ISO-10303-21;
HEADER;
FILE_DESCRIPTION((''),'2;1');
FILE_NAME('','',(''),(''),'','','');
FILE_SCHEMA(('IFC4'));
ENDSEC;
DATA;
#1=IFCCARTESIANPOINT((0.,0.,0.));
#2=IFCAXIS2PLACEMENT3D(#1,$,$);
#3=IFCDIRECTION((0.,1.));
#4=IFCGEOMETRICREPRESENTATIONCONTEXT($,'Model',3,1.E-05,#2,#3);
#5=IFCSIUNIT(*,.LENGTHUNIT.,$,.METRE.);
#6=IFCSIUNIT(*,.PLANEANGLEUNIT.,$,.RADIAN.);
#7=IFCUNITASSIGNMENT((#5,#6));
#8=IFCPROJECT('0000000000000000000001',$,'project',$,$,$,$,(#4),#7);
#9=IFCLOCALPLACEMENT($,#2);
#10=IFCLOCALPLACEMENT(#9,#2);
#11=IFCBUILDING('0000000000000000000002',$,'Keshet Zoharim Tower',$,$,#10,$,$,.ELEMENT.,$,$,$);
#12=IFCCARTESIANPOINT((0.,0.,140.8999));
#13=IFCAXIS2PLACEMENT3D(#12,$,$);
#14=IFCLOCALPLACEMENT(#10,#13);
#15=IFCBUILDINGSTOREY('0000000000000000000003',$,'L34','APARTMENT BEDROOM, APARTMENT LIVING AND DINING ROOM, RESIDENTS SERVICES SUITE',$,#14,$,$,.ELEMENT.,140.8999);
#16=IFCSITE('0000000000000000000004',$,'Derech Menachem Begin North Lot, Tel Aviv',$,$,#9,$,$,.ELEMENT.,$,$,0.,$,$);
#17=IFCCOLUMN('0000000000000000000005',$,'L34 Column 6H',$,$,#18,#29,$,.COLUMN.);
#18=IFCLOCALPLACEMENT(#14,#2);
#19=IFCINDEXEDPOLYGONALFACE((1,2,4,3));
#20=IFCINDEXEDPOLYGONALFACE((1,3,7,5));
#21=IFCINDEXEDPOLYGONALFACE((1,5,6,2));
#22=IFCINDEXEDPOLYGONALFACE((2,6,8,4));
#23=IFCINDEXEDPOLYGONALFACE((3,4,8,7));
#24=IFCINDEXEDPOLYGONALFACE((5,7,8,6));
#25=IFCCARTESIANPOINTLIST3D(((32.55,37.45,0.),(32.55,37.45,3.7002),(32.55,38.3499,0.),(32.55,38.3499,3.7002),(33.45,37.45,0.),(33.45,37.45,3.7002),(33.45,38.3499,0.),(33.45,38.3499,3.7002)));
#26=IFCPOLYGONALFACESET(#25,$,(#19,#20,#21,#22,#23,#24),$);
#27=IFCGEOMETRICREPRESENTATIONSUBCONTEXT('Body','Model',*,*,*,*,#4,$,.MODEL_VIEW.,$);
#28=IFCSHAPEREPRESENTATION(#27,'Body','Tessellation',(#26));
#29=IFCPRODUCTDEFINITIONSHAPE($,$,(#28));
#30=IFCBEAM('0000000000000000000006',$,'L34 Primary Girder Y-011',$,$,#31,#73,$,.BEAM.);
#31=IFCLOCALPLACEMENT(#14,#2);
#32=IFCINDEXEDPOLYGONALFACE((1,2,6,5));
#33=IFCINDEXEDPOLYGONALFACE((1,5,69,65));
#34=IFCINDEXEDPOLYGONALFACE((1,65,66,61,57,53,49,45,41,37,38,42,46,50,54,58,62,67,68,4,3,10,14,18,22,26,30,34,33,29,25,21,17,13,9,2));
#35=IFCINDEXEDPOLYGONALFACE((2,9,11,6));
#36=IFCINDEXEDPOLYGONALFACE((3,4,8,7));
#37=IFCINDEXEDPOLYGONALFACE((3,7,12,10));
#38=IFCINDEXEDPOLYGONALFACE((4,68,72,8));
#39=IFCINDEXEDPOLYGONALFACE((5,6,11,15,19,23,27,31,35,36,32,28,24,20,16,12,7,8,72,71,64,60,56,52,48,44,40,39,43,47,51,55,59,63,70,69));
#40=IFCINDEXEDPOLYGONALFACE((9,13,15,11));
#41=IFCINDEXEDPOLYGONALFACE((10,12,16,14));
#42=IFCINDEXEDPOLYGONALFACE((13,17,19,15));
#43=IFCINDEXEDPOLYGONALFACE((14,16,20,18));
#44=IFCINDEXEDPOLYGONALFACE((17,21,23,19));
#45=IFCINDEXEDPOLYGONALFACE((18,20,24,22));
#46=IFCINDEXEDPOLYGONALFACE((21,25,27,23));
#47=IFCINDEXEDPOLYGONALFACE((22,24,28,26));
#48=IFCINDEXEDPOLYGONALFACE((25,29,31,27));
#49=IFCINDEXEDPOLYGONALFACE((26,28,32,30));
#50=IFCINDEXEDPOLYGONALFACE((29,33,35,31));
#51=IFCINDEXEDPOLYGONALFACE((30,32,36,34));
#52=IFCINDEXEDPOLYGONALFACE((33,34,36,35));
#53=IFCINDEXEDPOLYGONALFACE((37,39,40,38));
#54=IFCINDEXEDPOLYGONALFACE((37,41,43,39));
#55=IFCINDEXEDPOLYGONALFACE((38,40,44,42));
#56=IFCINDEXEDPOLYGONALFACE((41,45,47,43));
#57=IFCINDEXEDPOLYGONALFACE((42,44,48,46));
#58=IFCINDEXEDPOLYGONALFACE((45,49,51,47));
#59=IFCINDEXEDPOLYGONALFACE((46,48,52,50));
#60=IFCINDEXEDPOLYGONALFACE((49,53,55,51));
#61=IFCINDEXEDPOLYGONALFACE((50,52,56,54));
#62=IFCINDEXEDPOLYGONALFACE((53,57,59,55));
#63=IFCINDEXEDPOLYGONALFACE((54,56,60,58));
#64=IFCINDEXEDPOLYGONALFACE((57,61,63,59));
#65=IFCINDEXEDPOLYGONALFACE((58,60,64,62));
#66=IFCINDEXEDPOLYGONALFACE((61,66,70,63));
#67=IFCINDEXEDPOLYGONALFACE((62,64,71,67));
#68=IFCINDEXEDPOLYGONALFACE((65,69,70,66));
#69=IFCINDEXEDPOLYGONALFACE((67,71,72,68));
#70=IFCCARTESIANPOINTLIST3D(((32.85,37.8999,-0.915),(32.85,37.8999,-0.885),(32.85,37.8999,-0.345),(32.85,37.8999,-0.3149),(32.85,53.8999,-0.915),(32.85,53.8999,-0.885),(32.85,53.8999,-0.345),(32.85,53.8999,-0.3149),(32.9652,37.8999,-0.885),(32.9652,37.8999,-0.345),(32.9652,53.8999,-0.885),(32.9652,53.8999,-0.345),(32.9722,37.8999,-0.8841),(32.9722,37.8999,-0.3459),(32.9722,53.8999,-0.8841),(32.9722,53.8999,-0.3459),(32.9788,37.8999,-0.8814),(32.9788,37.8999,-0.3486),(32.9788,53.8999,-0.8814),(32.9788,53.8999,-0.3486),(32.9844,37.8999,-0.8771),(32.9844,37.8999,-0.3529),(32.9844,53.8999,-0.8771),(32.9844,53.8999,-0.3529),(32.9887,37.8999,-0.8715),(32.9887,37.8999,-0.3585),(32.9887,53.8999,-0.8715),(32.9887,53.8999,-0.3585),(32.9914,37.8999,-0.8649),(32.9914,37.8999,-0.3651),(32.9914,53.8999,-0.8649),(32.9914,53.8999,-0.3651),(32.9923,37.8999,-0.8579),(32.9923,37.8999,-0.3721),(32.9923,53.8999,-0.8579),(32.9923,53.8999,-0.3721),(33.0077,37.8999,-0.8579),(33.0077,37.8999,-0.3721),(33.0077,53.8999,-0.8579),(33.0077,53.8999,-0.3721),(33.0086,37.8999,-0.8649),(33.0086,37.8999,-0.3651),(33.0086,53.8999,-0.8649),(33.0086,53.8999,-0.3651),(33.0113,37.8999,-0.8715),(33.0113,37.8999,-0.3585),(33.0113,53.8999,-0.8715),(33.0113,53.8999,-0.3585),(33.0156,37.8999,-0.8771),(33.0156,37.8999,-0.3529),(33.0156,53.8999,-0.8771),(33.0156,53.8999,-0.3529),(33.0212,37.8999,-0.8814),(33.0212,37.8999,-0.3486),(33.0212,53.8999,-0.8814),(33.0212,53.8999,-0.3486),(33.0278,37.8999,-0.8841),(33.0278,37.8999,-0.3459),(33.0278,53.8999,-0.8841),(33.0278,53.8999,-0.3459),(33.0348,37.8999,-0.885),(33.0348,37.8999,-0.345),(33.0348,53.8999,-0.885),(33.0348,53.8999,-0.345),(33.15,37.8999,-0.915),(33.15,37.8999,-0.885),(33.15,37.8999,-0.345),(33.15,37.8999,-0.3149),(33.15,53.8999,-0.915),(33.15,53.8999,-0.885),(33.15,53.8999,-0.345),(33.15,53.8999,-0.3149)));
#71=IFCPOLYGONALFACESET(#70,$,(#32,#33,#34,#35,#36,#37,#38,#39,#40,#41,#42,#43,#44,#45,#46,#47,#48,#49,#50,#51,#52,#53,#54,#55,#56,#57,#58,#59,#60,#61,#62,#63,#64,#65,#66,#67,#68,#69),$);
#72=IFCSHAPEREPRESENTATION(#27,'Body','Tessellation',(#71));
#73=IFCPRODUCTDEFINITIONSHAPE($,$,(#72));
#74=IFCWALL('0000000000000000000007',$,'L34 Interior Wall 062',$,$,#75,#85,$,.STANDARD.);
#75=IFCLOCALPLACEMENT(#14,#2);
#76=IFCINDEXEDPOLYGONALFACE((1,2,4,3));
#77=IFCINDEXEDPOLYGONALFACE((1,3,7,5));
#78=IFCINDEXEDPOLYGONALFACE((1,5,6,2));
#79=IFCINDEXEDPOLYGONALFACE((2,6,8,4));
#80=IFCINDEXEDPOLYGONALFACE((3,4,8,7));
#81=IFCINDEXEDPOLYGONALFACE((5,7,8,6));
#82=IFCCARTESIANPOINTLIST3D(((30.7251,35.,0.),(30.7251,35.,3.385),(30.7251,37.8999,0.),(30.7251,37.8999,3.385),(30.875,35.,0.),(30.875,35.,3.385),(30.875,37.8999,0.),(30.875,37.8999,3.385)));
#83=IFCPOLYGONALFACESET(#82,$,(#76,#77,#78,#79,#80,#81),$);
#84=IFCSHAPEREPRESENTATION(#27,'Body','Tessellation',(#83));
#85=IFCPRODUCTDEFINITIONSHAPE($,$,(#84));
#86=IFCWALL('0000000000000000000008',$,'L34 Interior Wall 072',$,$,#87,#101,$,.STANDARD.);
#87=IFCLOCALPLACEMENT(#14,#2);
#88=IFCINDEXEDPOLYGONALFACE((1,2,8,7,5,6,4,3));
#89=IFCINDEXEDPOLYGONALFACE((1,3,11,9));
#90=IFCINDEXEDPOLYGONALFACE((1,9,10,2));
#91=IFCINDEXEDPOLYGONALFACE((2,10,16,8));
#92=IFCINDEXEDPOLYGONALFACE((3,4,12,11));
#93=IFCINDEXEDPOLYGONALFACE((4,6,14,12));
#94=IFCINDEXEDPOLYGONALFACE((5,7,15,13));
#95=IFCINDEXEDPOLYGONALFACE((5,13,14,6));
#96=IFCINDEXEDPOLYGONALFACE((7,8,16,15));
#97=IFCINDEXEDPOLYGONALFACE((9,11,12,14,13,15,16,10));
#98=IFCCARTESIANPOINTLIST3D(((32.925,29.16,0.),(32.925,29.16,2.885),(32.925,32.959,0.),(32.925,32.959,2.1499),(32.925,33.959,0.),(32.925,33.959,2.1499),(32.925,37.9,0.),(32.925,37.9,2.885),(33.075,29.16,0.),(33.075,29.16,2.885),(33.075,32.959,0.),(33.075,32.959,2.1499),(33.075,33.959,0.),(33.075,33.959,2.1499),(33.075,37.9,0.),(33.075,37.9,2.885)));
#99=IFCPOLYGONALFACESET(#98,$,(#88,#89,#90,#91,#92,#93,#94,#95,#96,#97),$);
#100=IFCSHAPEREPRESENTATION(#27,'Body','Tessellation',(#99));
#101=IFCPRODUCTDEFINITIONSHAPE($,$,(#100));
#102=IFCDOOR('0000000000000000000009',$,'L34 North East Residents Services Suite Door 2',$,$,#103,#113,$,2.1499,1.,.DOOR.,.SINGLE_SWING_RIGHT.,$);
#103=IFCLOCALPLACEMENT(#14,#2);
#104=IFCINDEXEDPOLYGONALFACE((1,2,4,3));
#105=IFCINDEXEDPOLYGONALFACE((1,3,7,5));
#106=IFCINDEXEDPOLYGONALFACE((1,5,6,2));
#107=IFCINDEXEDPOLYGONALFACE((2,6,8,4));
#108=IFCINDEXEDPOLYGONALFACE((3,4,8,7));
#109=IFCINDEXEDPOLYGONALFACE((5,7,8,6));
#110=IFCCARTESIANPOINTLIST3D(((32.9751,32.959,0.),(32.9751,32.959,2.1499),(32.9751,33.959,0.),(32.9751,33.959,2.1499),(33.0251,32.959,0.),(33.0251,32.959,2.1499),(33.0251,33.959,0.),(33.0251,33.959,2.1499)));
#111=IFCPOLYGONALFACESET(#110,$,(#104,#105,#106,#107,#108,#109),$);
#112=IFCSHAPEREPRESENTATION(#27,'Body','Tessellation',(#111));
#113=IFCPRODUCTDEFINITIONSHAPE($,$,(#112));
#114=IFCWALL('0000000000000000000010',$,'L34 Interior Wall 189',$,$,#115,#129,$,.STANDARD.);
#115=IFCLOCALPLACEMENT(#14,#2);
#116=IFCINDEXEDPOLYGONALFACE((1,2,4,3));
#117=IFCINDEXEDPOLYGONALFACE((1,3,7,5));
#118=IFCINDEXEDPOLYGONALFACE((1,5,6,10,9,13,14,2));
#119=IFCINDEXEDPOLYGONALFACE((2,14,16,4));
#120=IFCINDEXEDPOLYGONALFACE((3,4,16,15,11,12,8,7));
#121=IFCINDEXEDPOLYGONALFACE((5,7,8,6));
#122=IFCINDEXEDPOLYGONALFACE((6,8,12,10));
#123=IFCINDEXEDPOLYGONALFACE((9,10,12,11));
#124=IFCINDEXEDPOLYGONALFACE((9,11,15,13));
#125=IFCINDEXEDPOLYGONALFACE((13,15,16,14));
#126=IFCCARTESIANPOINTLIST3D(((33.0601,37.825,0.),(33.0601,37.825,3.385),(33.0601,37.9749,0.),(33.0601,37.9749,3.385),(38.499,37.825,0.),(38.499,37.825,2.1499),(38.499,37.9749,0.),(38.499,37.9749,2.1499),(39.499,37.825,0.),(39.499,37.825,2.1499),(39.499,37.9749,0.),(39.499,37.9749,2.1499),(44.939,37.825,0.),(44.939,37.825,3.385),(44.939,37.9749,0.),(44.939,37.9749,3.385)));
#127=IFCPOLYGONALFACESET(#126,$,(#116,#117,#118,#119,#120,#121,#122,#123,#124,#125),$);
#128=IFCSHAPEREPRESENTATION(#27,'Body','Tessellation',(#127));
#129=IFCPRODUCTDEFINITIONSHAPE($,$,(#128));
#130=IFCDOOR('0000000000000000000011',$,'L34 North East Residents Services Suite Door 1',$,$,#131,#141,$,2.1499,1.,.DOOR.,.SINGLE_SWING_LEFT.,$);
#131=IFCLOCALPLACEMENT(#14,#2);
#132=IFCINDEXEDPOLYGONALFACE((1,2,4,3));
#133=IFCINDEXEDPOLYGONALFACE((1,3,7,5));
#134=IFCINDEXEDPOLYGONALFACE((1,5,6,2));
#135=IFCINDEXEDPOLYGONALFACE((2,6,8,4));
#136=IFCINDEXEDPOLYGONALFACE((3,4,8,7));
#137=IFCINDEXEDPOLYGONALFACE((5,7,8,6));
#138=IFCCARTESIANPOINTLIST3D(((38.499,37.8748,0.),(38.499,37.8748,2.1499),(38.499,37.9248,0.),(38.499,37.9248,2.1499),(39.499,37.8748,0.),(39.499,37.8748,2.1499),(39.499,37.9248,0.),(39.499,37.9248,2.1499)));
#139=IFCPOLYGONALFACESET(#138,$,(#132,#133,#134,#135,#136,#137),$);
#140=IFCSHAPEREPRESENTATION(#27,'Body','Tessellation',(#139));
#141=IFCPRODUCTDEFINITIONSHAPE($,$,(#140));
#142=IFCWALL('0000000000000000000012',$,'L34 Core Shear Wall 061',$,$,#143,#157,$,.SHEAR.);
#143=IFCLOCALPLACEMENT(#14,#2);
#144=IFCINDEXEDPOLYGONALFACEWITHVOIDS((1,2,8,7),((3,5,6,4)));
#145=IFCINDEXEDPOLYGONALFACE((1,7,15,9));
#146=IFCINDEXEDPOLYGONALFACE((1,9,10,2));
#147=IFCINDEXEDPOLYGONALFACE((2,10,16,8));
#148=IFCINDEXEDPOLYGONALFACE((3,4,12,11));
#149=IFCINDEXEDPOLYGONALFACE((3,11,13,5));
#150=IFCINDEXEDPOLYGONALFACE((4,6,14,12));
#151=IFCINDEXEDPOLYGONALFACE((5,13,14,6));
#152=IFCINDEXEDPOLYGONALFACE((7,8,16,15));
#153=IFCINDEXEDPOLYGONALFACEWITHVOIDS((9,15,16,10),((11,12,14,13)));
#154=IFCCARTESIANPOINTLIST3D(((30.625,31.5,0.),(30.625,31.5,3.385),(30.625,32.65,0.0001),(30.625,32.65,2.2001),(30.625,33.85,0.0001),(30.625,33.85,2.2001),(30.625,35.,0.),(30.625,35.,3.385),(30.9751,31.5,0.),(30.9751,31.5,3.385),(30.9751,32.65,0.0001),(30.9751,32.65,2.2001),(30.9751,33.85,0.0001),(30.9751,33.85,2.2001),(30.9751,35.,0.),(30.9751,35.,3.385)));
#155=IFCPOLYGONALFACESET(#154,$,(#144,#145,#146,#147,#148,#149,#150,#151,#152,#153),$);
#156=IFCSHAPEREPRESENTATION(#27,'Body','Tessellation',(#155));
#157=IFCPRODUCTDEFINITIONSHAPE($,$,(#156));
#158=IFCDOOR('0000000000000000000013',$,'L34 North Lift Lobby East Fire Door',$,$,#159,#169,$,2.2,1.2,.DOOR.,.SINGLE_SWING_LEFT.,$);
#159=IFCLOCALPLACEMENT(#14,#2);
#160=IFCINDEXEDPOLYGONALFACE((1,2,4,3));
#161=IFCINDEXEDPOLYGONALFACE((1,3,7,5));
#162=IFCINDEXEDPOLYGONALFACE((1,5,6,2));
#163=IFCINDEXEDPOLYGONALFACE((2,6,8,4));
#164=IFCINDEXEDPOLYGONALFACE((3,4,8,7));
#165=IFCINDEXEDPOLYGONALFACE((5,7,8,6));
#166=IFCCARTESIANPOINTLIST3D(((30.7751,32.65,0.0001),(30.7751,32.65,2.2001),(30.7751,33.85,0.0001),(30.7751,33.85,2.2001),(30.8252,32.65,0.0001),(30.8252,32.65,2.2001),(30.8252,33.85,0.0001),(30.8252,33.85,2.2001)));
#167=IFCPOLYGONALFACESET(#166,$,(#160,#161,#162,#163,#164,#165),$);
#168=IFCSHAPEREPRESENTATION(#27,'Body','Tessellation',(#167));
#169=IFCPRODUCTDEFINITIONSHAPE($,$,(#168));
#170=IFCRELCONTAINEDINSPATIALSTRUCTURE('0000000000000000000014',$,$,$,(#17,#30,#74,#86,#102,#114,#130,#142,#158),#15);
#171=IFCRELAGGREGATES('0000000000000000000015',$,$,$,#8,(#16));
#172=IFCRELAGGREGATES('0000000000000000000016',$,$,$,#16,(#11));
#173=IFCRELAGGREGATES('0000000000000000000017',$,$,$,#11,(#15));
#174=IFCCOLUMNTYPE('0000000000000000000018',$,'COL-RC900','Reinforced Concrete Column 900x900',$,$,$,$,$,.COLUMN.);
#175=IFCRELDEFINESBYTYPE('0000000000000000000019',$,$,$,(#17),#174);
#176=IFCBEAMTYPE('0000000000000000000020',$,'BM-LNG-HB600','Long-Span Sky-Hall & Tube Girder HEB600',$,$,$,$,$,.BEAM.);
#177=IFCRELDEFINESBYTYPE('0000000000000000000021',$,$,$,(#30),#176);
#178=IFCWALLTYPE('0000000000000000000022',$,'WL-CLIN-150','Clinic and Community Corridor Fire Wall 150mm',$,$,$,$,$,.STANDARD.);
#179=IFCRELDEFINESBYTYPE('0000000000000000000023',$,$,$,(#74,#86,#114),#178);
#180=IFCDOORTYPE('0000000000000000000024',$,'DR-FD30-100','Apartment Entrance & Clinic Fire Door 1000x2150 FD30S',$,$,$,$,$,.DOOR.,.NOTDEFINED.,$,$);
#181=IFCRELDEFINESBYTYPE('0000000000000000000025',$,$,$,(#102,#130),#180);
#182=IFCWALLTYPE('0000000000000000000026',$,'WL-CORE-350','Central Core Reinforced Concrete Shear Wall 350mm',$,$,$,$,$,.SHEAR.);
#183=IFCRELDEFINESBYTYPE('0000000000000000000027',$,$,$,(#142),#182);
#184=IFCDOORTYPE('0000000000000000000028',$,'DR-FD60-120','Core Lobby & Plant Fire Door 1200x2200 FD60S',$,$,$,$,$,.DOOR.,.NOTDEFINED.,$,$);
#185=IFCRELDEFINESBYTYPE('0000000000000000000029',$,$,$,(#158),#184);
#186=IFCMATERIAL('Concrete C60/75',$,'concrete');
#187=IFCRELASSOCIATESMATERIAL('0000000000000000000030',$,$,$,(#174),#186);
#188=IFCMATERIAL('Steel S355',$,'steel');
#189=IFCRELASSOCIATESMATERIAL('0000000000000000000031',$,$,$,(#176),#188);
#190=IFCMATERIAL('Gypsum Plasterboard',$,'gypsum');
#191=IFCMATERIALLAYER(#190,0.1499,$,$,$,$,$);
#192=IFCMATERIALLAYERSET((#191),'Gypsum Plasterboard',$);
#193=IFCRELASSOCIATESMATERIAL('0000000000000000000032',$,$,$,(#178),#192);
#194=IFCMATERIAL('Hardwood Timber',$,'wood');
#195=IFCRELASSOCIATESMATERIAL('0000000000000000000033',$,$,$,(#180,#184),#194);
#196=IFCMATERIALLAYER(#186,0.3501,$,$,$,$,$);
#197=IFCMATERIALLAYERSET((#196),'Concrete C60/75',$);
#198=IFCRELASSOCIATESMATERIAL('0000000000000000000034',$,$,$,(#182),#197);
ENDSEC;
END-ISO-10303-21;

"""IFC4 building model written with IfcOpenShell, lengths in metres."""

from ifc_helpers import new_model, si_unit, direction, frame, frame_2d, origin, origin_2d, place, context, subcontext, project, spatial, rectangle, i_section, extrude, material, layer, layer_set, material_profile, profile_set, type_object, element, fill, save


model = new_model("IFC4")

# Units and contexts
model_context = context("Model", 3, precision=1e-05, world=origin(), true_north=direction((0.0, 1.0)))
body_context = subcontext(model_context, "Body", "Model", "MODEL_VIEW")
ifc_project = project(units=[si_unit("LENGTHUNIT", "METRE"), si_unit("PLANEANGLEUNIT", "RADIAN")], contexts=[model_context])

# Site, building, storey
site_placement = place(None, origin())
site = spatial("IfcSite", under=ifc_project, at=site_placement, Name="Derech Menachem Begin North Lot, Tel Aviv", CompositionType="ELEMENT", RefElevation=0.0)
building_placement = place(site_placement, origin())
building = spatial("IfcBuilding", under=site, at=building_placement, Name="Keshet Zoharim Tower", CompositionType="ELEMENT")
storey_placement = place(building_placement, frame((0.0, 0.0, 140.8999)))
storey = spatial("IfcBuildingStorey", under=building, at=storey_placement, Name="L34", Description="APARTMENT BEDROOM, APARTMENT LIVING AND DINING ROOM, RESIDENTS SERVICES SUITE", CompositionType="ELEMENT", Elevation=140.8999)

# Column
ifc_material_1 = material(Name="Concrete C60/75", Category="concrete")
ifc_material_profile_1 = material_profile(ifc_material_1, rectangle(XDim=0.8999, YDim=0.8999, at=origin_2d()), Name="RC900x900")
ifc_profile_set_1 = profile_set([ifc_material_profile_1], Name="Concrete C60/75")
column_type = type_object("IfcColumnType", Name="COL-RC900", Description="Reinforced Concrete Column 900x900", PredefinedType="COLUMN", material=ifc_profile_set_1)
column_placement = place(storey_placement, frame((33.0, 37.8999, 0.0), z_axis=(0.0, 0.0, 1.0), x_axis=(1.0, 0.0, 0.0)))
element("IfcColumn", 1, at=column_placement, inside=storey, type_object=column_type, Name="L34 Column 6H", PredefinedType="COLUMN", context=body_context, shape_type="SweptSolid", body=[
    extrude(rectangle(XDim=0.8999, YDim=0.8999, at=origin_2d()), origin(), (0.0, 0.0, 1.0), 3.7002),
])

# Beam
ifc_material_2 = material(Name="Steel S355", Category="steel")
ifc_material_profile_2 = material_profile(ifc_material_2, i_section(OverallWidth=0.3, OverallDepth=0.6001, WebThickness=0.0154, FlangeThickness=0.03, FilletRadius=0.0271, at=origin_2d()), Name="HEB600")
ifc_profile_set_2 = profile_set([ifc_material_profile_2], Name="Steel S355")
beam_type = type_object("IfcBeamType", Name="BM-LNG-HB600", Description="Long-Span Sky-Hall & Tube Girder HEB600", PredefinedType="BEAM", material=ifc_profile_set_2)
beam_placement = place(storey_placement, frame((33.0, 37.8999, -0.615), z_axis=(0.0, 1.0, 0.0), x_axis=(-1.0, 0.0, 0.0)))
element("IfcBeam", 2, at=beam_placement, inside=storey, type_object=beam_type, Name="L34 Primary Girder Y-011", PredefinedType="BEAM", context=body_context, shape_type="SweptSolid", body=[
    extrude(i_section(OverallWidth=0.3, OverallDepth=0.6001, WebThickness=0.0154, FlangeThickness=0.03, FilletRadius=0.0271, at=origin_2d()), origin(), (0.0, 0.0, 1.0), 16.0),
])

# Wall
ifc_material_3 = material(Name="Gypsum Plasterboard", Category="gypsum")
ifc_layer_1 = layer(ifc_material_3, 0.1499)
ifc_layer_set_1 = layer_set([ifc_layer_1], Name="Gypsum Plasterboard")
wall_type_1 = type_object("IfcWallType", Name="WL-CLIN-150", Description="Clinic and Community Corridor Fire Wall 150mm", PredefinedType="STANDARD", material=ifc_layer_set_1)
wall_1_placement = place(storey_placement, frame((30.8, 35.0, 0.0), z_axis=(0.0, 0.0, 1.0), x_axis=(0.0, 1.0, 0.0)))
element("IfcWall", 3, at=wall_1_placement, inside=storey, type_object=wall_type_1, Name="L34 Interior Wall 062", PredefinedType="STANDARD", context=body_context, shape_type="SweptSolid", body=[
    extrude(rectangle(XDim=2.8999, YDim=0.1499, at=frame_2d((1.45, 0.0))), origin(), (0.0, 0.0, 1.0), 3.385),
])

# Walls, openings, doors
wall_2_placement = place(storey_placement, frame((33.0, 29.1599, 0.0), z_axis=(0.0, 0.0, 1.0), x_axis=(0.0, 1.0, 0.0)))
wall_2 = element("IfcWall", 4, at=wall_2_placement, inside=storey, type_object=wall_type_1, Name="L34 Interior Wall 072", PredefinedType="STANDARD", context=body_context, shape_type="SweptSolid", body=[
    extrude(rectangle(XDim=8.74, YDim=0.1499, at=frame_2d((4.3701, 0.0))), origin(), (0.0, 0.0, 1.0), 2.885),
])
opening_1_placement = place(wall_2_placement, frame((3.7991, 0.0, 0.0)))
opening_1 = element("IfcOpeningElement", 5, at=opening_1_placement, cuts=wall_2, PredefinedType="OPENING", context=body_context, shape_type="SweptSolid", body=[
    extrude(rectangle(XDim=1.0, YDim=2.1499, at=frame_2d((0.5, 1.075))), frame((0.0, 0.085, 0.0), z_axis=(0.0, -1.0, 0.0), x_axis=(1.0, 0.0, 0.0)), (0.0, 0.0, 1.0), 0.1699),
])
ifc_material_4 = material(Name="Hardwood Timber", Category="wood")
door_type_1 = type_object("IfcDoorType", Name="DR-FD30-100", Description="Apartment Entrance & Clinic Fire Door 1000x2150 FD30S", OperationType="NOTDEFINED", PredefinedType="DOOR", material=ifc_material_4)
door_1_placement = place(opening_1_placement, origin())
door_1 = element("IfcDoor", 6, at=door_1_placement, inside=storey, type_object=door_type_1, Name="L34 North East Residents Services Suite Door 2", OperationType="SINGLE_SWING_RIGHT", OverallHeight=2.1499, OverallWidth=1.0, PredefinedType="DOOR", context=body_context, shape_type="SweptSolid", body=[
    extrude(rectangle(XDim=1.0, YDim=2.1499, at=frame_2d((0.5, 1.075))), frame((0.0, 0.0249, 0.0), z_axis=(0.0, -1.0, 0.0), x_axis=(1.0, 0.0, 0.0)), (0.0, 0.0, 1.0), 0.05),
])
fill(opening_1, door_1)
wall_3_placement = place(storey_placement, frame((33.0601, 37.8999, 0.0), z_axis=(0.0, 0.0, 1.0), x_axis=(1.0, 0.0, 0.0)))
wall_3 = element("IfcWall", 7, at=wall_3_placement, inside=storey, type_object=wall_type_1, Name="L34 Interior Wall 189", PredefinedType="STANDARD", context=body_context, shape_type="SweptSolid", body=[
    extrude(rectangle(XDim=11.8789, YDim=0.1499, at=frame_2d((5.9395, 0.0))), origin(), (0.0, 0.0, 1.0), 3.385),
])
opening_2_placement = place(wall_3_placement, frame((5.439, 0.0, 0.0)))
opening_2 = element("IfcOpeningElement", 8, at=opening_2_placement, cuts=wall_3, PredefinedType="OPENING", context=body_context, shape_type="SweptSolid", body=[
    extrude(rectangle(XDim=1.0, YDim=2.1499, at=frame_2d((0.5, 1.075))), frame((0.0, 0.085, 0.0), z_axis=(0.0, -1.0, 0.0), x_axis=(1.0, 0.0, 0.0)), (0.0, 0.0, 1.0), 0.1699),
])
door_2_placement = place(opening_2_placement, origin())
door_2 = element("IfcDoor", 9, at=door_2_placement, inside=storey, type_object=door_type_1, Name="L34 North East Residents Services Suite Door 1", OperationType="SINGLE_SWING_LEFT", OverallHeight=2.1499, OverallWidth=1.0, PredefinedType="DOOR", context=body_context, shape_type="SweptSolid", body=[
    extrude(rectangle(XDim=1.0, YDim=2.1499, at=frame_2d((0.5, 1.075))), frame((0.0, 0.0249, 0.0), z_axis=(0.0, -1.0, 0.0), x_axis=(1.0, 0.0, 0.0)), (0.0, 0.0, 1.0), 0.05),
])
fill(opening_2, door_2)
ifc_layer_2 = layer(ifc_material_1, 0.3501)
ifc_layer_set_2 = layer_set([ifc_layer_2], Name="Concrete C60/75")
wall_type_2 = type_object("IfcWallType", Name="WL-CORE-350", Description="Central Core Reinforced Concrete Shear Wall 350mm", PredefinedType="SHEAR", material=ifc_layer_set_2)
wall_4_placement = place(storey_placement, frame((30.8, 31.5, 0.0), z_axis=(0.0, 0.0, 1.0), x_axis=(0.0, 1.0, 0.0)))
wall_4 = element("IfcWall", 10, at=wall_4_placement, inside=storey, type_object=wall_type_2, Name="L34 Core Shear Wall 061", PredefinedType="SHEAR", context=body_context, shape_type="SweptSolid", body=[
    extrude(rectangle(XDim=3.5, YDim=0.3501, at=frame_2d((1.75, 0.0))), origin(), (0.0, 0.0, 1.0), 3.385),
])
opening_3_placement = place(wall_4_placement, frame((1.1499, 0.0, 0.0)))
opening_3 = element("IfcOpeningElement", 11, at=opening_3_placement, cuts=wall_4, PredefinedType="OPENING", context=body_context, shape_type="SweptSolid", body=[
    extrude(rectangle(XDim=1.2, YDim=2.2, at=frame_2d((0.6001, 1.1001))), frame((0.0, 0.1851, 0.0), z_axis=(0.0, -1.0, 0.0), x_axis=(1.0, 0.0, 0.0)), (0.0, 0.0, 1.0), 0.3701),
])
door_type_2 = type_object("IfcDoorType", Name="DR-FD60-120", Description="Core Lobby & Plant Fire Door 1200x2200 FD60S", OperationType="NOTDEFINED", PredefinedType="DOOR", material=ifc_material_4)
door_3_placement = place(opening_3_placement, origin())
door_3 = element("IfcDoor", 12, at=door_3_placement, inside=storey, type_object=door_type_2, Name="L34 North Lift Lobby East Fire Door", OperationType="SINGLE_SWING_LEFT", OverallHeight=2.2, OverallWidth=1.2, PredefinedType="DOOR", context=body_context, shape_type="SweptSolid", body=[
    extrude(rectangle(XDim=1.2, YDim=2.2, at=frame_2d((0.6001, 1.1001))), frame((0.0, 0.0249, 0.0), z_axis=(0.0, -1.0, 0.0), x_axis=(1.0, 0.0, 0.0)), (0.0, 0.0, 1.0), 0.05),
])
fill(opening_3, door_3)

save(model, "model.ifc")
